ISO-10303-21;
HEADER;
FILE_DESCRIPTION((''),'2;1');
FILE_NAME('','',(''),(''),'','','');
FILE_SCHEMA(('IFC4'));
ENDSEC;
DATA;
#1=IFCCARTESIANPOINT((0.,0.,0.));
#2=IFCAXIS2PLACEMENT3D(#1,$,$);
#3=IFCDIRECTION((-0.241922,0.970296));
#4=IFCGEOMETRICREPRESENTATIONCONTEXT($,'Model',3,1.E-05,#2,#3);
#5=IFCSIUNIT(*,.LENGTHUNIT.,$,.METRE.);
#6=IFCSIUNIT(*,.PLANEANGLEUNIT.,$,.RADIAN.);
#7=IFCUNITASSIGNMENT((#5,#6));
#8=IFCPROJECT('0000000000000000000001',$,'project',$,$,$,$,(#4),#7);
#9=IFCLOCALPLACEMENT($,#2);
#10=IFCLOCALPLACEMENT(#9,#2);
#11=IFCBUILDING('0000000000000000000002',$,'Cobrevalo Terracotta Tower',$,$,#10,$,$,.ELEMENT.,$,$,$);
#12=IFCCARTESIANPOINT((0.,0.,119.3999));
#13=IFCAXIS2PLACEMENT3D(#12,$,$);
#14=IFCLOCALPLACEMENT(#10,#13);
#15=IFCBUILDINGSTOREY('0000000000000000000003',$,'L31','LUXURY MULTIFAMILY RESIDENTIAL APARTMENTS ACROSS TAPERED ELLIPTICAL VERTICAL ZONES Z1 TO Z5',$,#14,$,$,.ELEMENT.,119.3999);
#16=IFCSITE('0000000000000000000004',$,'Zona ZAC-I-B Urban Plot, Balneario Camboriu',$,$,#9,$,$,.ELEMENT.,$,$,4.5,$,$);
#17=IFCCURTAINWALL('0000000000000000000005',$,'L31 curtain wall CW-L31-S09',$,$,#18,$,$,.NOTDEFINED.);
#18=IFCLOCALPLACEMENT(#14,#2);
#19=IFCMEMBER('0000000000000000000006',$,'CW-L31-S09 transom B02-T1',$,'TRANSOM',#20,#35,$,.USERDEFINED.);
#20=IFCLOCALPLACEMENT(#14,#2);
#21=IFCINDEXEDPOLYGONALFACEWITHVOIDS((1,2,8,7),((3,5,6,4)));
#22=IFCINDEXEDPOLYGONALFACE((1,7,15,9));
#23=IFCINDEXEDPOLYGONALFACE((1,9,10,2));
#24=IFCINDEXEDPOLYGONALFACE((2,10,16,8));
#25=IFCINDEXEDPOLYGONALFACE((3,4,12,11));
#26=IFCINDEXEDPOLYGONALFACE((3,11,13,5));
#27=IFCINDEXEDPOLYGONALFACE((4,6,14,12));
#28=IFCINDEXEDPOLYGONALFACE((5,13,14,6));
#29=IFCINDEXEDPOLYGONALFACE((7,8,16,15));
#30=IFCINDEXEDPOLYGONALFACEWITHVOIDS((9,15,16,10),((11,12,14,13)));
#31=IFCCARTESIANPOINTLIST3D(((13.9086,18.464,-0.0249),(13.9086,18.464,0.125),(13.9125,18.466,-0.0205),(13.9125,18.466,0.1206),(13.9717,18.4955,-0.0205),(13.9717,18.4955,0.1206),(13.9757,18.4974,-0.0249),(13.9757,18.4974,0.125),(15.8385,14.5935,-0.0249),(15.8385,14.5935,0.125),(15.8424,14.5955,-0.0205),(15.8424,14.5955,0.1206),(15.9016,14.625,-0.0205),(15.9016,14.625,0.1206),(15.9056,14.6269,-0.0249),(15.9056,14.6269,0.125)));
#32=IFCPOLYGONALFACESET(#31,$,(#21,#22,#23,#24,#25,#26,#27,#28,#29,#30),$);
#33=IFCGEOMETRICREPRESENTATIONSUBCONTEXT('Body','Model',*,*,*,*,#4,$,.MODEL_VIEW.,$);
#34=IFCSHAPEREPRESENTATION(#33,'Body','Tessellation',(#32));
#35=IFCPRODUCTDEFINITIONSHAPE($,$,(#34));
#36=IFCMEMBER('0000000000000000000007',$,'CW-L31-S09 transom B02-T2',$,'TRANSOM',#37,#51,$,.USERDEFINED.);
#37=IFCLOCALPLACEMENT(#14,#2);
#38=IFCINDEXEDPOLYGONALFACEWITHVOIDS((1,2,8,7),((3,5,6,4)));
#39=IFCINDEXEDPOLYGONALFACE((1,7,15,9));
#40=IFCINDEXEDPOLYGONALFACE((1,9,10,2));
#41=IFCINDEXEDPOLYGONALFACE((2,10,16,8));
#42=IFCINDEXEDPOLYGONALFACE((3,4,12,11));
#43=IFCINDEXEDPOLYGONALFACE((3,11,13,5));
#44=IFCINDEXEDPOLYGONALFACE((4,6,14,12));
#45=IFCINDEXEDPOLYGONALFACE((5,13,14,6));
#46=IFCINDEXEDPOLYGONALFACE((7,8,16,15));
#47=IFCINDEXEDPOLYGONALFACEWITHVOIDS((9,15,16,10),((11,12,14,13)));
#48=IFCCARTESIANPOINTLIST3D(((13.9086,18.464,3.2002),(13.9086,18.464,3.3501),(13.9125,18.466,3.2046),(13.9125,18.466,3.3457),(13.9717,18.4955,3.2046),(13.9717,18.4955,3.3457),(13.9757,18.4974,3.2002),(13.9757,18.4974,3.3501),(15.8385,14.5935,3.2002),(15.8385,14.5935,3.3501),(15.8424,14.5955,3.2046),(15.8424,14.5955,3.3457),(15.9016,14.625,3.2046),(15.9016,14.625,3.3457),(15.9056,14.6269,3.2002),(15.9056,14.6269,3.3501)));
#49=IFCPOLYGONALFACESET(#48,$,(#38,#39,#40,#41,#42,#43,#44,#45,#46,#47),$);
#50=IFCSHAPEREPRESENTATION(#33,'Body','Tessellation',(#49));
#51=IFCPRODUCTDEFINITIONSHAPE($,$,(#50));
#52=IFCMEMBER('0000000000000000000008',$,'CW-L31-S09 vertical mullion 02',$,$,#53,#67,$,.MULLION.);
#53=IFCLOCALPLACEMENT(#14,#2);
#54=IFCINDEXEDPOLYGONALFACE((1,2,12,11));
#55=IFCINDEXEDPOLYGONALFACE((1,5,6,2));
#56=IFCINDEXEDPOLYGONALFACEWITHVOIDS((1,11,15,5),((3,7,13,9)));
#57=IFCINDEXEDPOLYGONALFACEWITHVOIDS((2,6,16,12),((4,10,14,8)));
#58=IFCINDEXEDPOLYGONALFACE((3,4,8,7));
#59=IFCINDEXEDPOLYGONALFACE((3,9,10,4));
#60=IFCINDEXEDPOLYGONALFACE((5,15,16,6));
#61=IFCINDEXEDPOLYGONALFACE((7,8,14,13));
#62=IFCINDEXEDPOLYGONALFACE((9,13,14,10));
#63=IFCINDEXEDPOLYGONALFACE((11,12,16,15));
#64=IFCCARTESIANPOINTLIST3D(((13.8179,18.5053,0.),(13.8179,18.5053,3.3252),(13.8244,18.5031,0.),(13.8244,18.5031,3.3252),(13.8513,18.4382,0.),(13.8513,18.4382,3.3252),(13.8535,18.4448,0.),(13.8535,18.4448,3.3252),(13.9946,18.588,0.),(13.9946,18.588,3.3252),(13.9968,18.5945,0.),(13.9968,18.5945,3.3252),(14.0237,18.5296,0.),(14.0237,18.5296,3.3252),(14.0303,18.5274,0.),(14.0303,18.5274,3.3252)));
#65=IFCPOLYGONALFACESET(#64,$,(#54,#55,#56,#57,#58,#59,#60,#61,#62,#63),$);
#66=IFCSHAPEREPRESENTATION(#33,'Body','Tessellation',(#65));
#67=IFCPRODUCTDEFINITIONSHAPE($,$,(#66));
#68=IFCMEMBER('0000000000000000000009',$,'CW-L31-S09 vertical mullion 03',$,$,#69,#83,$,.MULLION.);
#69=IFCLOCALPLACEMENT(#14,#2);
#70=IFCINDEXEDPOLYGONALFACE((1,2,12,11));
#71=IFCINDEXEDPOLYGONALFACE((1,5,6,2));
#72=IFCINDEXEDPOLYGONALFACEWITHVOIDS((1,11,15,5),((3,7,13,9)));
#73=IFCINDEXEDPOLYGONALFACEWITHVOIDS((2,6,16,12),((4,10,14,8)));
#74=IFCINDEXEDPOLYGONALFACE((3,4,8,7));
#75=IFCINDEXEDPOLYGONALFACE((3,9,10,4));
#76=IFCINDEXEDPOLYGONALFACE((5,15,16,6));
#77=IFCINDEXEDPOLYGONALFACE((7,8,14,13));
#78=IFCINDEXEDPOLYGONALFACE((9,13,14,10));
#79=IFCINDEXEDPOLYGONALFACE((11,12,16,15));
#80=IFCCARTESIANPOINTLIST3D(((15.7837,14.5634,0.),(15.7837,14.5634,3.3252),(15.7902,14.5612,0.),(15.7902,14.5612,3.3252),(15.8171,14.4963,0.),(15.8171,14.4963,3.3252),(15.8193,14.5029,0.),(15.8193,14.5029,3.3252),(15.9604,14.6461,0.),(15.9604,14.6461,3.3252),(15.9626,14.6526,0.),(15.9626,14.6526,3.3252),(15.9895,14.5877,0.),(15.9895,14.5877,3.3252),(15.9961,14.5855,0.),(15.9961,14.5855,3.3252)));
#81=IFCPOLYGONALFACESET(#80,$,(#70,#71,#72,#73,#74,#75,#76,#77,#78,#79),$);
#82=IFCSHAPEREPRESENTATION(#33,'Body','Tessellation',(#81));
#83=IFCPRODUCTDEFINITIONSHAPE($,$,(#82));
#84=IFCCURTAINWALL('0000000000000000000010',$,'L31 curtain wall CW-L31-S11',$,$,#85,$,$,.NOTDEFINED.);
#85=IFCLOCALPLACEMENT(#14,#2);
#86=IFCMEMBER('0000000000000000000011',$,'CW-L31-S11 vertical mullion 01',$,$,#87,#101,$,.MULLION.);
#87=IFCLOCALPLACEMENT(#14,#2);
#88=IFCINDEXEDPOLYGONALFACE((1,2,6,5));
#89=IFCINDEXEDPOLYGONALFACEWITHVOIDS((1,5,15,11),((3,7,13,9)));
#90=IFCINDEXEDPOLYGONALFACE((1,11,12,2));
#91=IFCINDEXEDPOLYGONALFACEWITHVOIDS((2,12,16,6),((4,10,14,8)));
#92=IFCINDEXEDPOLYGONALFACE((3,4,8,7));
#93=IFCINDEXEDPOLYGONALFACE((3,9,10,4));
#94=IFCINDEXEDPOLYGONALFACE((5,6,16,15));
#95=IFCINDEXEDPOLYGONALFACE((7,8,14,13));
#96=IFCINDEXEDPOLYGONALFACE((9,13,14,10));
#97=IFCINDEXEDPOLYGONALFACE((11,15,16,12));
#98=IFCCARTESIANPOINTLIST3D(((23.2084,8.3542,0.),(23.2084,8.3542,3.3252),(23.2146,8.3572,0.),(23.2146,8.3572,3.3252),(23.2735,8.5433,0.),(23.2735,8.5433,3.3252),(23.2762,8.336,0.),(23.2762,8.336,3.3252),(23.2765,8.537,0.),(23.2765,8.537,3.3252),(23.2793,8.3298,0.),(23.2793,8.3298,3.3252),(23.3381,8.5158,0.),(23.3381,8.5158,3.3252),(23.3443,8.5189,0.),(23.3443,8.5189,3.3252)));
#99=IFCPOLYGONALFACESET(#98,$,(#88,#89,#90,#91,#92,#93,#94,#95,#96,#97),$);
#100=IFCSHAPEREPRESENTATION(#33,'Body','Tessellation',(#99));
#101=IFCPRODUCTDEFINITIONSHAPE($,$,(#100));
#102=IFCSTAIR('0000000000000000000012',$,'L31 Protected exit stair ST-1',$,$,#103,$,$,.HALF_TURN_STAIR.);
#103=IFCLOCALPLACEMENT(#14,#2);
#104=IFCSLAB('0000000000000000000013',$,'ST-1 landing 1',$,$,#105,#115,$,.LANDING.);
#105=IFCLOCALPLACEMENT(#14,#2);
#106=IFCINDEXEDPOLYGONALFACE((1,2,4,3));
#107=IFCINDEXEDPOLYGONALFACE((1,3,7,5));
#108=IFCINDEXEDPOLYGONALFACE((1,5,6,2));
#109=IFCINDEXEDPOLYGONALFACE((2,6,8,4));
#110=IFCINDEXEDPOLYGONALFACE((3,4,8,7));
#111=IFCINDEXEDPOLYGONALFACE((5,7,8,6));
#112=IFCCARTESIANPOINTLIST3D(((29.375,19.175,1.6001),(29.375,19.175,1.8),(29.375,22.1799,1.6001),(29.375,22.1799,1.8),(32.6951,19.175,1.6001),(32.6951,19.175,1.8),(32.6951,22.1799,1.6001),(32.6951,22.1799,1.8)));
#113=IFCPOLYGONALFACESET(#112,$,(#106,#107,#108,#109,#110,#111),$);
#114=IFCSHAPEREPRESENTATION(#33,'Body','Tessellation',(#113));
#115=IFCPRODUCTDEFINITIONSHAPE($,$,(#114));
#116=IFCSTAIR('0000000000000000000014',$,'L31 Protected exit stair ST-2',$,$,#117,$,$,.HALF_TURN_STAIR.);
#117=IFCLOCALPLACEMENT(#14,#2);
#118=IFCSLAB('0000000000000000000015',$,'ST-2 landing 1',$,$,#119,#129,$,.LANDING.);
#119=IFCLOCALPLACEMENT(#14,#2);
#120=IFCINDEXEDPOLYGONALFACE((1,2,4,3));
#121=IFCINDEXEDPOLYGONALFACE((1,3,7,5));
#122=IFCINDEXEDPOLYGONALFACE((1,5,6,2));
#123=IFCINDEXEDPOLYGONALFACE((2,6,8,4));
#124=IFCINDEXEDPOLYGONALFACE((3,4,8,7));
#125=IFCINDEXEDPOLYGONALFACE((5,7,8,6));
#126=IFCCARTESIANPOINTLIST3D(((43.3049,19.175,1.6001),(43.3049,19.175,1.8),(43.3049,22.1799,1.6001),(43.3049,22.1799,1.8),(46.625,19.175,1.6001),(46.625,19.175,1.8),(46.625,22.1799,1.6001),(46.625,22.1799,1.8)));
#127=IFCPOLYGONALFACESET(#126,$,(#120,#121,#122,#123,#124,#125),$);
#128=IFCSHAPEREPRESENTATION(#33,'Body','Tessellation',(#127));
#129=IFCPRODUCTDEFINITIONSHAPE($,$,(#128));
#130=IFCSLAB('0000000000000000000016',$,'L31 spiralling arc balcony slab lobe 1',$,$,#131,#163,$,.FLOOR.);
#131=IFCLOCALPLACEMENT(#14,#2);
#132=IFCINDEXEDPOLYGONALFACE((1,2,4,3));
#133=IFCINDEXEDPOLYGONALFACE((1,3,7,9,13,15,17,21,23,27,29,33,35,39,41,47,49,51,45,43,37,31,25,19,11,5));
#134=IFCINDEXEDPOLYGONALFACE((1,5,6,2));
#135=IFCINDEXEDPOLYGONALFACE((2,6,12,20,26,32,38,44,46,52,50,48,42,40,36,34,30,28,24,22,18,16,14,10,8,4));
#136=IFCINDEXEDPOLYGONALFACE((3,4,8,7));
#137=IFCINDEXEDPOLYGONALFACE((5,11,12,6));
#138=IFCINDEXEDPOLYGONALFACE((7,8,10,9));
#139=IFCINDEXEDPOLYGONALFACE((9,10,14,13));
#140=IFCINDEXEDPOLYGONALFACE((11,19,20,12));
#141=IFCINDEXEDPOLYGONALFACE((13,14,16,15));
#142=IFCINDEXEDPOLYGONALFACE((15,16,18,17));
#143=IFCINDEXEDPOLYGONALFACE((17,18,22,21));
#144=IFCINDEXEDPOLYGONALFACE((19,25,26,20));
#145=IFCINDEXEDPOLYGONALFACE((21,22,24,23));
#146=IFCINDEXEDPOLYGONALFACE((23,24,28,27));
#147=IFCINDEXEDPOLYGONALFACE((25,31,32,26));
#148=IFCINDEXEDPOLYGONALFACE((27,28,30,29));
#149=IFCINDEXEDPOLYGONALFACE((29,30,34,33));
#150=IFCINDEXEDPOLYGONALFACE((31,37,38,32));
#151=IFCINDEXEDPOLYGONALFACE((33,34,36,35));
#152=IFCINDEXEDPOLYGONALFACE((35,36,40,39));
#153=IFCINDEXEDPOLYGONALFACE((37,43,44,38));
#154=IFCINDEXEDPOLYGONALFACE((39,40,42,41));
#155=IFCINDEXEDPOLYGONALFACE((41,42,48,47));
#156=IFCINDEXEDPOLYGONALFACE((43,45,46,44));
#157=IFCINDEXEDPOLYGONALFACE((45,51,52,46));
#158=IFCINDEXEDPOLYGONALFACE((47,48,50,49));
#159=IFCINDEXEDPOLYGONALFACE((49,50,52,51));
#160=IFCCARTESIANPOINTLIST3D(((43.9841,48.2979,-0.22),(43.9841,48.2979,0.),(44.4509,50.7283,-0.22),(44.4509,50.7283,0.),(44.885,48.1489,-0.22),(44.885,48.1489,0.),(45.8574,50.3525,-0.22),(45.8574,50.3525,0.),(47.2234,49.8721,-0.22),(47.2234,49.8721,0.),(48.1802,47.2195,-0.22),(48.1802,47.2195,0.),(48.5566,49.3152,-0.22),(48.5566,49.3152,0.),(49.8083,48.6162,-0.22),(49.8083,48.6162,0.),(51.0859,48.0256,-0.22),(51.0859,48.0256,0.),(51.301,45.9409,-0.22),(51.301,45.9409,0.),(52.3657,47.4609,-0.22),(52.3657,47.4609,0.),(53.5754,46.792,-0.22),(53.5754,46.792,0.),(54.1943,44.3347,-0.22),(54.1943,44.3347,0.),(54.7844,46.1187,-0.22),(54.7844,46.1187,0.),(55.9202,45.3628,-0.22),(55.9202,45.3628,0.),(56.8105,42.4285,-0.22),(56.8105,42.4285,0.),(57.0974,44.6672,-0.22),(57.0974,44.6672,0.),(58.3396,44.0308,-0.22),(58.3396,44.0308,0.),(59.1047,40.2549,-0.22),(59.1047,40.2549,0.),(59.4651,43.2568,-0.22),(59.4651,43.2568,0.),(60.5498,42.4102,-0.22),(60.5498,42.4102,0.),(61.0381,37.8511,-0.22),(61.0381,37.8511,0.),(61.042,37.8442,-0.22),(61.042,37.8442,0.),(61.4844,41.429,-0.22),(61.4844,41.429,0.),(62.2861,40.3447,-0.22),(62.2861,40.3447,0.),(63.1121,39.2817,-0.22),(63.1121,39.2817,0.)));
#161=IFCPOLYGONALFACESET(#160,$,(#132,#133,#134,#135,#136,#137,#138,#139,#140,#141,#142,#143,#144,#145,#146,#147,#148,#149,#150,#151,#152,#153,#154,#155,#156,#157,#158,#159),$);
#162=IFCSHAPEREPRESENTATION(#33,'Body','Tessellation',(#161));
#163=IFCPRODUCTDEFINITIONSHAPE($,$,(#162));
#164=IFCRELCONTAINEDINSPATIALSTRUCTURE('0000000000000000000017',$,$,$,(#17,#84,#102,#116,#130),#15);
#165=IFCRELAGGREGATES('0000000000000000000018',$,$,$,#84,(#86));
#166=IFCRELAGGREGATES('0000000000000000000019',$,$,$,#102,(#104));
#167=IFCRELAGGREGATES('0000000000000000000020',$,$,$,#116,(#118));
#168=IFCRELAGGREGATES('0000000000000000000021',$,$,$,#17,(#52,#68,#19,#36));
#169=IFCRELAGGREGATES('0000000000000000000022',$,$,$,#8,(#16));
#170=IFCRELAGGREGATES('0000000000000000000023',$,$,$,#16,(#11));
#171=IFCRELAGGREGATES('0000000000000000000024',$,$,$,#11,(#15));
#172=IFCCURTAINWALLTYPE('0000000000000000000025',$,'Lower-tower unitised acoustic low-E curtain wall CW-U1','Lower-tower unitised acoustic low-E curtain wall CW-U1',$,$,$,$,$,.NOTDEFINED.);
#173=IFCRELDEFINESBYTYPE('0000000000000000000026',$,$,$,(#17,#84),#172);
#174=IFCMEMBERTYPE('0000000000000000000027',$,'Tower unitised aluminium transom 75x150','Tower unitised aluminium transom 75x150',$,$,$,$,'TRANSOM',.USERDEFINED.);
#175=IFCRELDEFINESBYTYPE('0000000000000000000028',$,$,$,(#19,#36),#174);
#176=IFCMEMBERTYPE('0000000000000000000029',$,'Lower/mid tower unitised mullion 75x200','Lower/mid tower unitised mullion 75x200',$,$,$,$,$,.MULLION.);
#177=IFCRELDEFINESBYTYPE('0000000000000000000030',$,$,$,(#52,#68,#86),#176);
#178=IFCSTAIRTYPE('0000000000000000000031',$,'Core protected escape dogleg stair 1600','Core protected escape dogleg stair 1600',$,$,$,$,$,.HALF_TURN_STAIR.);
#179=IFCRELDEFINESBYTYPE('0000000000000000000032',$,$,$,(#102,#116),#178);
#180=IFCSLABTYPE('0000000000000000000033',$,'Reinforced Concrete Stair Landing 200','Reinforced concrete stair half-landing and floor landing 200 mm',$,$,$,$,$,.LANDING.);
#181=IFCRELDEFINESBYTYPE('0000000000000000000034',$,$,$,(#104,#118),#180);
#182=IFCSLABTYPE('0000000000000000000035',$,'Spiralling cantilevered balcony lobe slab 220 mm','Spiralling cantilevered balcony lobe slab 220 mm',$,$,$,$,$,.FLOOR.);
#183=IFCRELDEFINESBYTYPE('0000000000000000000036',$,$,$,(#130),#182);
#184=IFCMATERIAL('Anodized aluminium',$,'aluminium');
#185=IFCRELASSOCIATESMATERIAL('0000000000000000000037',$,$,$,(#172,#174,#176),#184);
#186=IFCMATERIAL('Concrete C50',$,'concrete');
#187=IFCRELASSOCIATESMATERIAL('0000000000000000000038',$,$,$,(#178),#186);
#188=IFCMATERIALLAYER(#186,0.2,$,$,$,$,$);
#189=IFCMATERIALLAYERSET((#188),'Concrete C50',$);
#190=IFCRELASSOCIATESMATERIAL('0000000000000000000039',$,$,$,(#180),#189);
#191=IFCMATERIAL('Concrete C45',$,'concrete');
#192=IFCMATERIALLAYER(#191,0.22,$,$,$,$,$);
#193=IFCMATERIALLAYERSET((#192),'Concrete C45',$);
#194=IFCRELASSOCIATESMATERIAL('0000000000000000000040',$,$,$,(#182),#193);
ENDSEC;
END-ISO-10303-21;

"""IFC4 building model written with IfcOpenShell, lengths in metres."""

from ifc_helpers import new_model, si_unit, direction, frame, origin, origin_2d, place, context, subcontext, project, spatial, polyline, hollow_rectangle, outline, extrude, source, transform, mapped, material, layer, layer_set, material_profile, profile_set, type_object, element, aggregate, save


model = new_model("IFC4")

# Units and contexts
model_context = context("Model", 3, precision=1e-05, world=origin(), true_north=direction((-0.241922, 0.970296)))
body_context = subcontext(model_context, "Body", "Model", "MODEL_VIEW")
ifc_project = project(units=[si_unit("LENGTHUNIT", "METRE"), si_unit("PLANEANGLEUNIT", "RADIAN")], contexts=[model_context])

# Site, building, storey
site_placement = place(None, origin())
site = spatial("IfcSite", under=ifc_project, at=site_placement, Name="Zona ZAC-I-B Urban Plot, Balneario Camboriu", CompositionType="ELEMENT", RefElevation=4.5)
building_placement = place(site_placement, origin())
building = spatial("IfcBuilding", under=site, at=building_placement, Name="Cobrevalo Terracotta Tower", CompositionType="ELEMENT")
storey_placement = place(building_placement, frame((0.0, 0.0, 119.3999)))
storey = spatial("IfcBuildingStorey", under=building, at=storey_placement, Name="L31", Description="LUXURY MULTIFAMILY RESIDENTIAL APARTMENTS ACROSS TAPERED ELLIPTICAL VERTICAL ZONES Z1 TO Z5", CompositionType="ELEMENT", Elevation=119.3999)

# Curtain wall, members
ifc_material_1 = material(Name="Anodized aluminium", Category="aluminium")
curtain_wall_type = type_object("IfcCurtainWallType", Name="Lower-tower unitised acoustic low-E curtain wall CW-U1", Description="Lower-tower unitised acoustic low-E curtain wall CW-U1", PredefinedType="NOTDEFINED", material=ifc_material_1)
curtain_wall_1_placement = place(storey_placement, origin())
curtain_wall_1 = element("IfcCurtainWall", 1, at=curtain_wall_1_placement, inside=storey, type_object=curtain_wall_type, Name="L31 curtain wall CW-L31-S09", PredefinedType="NOTDEFINED")
ifc_material_profile_1 = material_profile(ifc_material_1, hollow_rectangle(XDim=0.075, YDim=0.1499, WallThickness=0.0044, at=origin_2d()), Name="CWT 75x150")
ifc_profile_set_1 = profile_set([ifc_material_profile_1], Name="Anodized aluminium")
member_type_1 = type_object("IfcMemberType", Name="Tower unitised aluminium transom 75x150", Description="Tower unitised aluminium transom 75x150", ElementType="TRANSOM", PredefinedType="USERDEFINED", material=ifc_profile_set_1)
shared_shape_1 = source(origin(), body_context, "Body", "SweptSolid", [
    extrude(hollow_rectangle(XDim=0.075, YDim=0.1499, WallThickness=0.0044, at=origin_2d()), origin(), (0.0, 0.0, 1.0), 4.325),
])
member_1_placement = place(storey_placement, frame((13.9421, 18.4807, 0.05), z_axis=(0.44622, -0.894923, 0.0), x_axis=(0.894923, 0.44622, 0.0)))
member_1 = element("IfcMember", 2, at=member_1_placement, type_object=member_type_1, Name="CW-L31-S09 transom B02-T1", ObjectType="TRANSOM", PredefinedType="USERDEFINED", context=body_context, shape_type="MappedRepresentation", body=[
    mapped(shared_shape_1, transform((0.0, 0.0, 0.0), scale=1.0)),
])
member_2_placement = place(storey_placement, frame((13.9421, 18.4807, 3.2751), z_axis=(0.44622, -0.894923, 0.0), x_axis=(0.894923, 0.44622, 0.0)))
member_2 = element("IfcMember", 3, at=member_2_placement, type_object=member_type_1, Name="CW-L31-S09 transom B02-T2", ObjectType="TRANSOM", PredefinedType="USERDEFINED", context=body_context, shape_type="MappedRepresentation", body=[
    mapped(shared_shape_1, transform((0.0, 0.0, 0.0), scale=1.0)),
])
ifc_material_profile_2 = material_profile(ifc_material_1, hollow_rectangle(XDim=0.075, YDim=0.2, WallThickness=0.0049, at=origin_2d()), Name="CWM 75x200")
ifc_profile_set_2 = profile_set([ifc_material_profile_2], Name="Anodized aluminium")
member_type_2 = type_object("IfcMemberType", Name="Lower/mid tower unitised mullion 75x200", Description="Lower/mid tower unitised mullion 75x200", PredefinedType="MULLION", material=ifc_profile_set_2)
shared_shape_2 = source(origin(), body_context, "Body", "SweptSolid", [
    extrude(hollow_rectangle(XDim=0.075, YDim=0.2, WallThickness=0.0049, at=origin_2d()), origin(), (0.0, 0.0, 1.0), 3.3252),
])
member_3_placement = place(storey_placement, frame((13.9241, 18.5164, 0.0), z_axis=(0.0, 0.0, 1.0), x_axis=(0.44626, -0.894903, 0.0)))
member_3 = element("IfcMember", 4, at=member_3_placement, type_object=member_type_2, Name="CW-L31-S09 vertical mullion 02", PredefinedType="MULLION", context=body_context, shape_type="MappedRepresentation", body=[
    mapped(shared_shape_2, transform((0.0, 0.0, 0.0), scale=1.0)),
])
member_4_placement = place(storey_placement, frame((15.8899, 14.5745, 0.0), z_axis=(0.0, 0.0, 1.0), x_axis=(0.44626, -0.894903, 0.0)))
member_4 = element("IfcMember", 5, at=member_4_placement, type_object=member_type_2, Name="CW-L31-S09 vertical mullion 03", PredefinedType="MULLION", context=body_context, shape_type="MappedRepresentation", body=[
    mapped(shared_shape_2, transform((0.0, 0.0, 0.0), scale=1.0)),
])

# Curtain wall, member
curtain_wall_2_placement = place(storey_placement, origin())
curtain_wall_2 = element("IfcCurtainWall", 6, at=curtain_wall_2_placement, inside=storey, type_object=curtain_wall_type, Name="L31 curtain wall CW-L31-S11", PredefinedType="NOTDEFINED")
member_5_placement = place(storey_placement, frame((23.2764, 8.4365, 0.0), z_axis=(0.0, 0.0, 1.0), x_axis=(0.945598, -0.325337, 0.0)))
member_5 = element("IfcMember", 7, at=member_5_placement, type_object=member_type_2, Name="CW-L31-S11 vertical mullion 01", PredefinedType="MULLION", context=body_context, shape_type="MappedRepresentation", body=[
    mapped(shared_shape_2, transform((0.0, 0.0, 0.0), scale=1.0)),
])
aggregate(curtain_wall_2, [member_5])

# Stairs, slabs
ifc_material_2 = material(Name="Concrete C50", Category="concrete")
stair_type = type_object("IfcStairType", Name="Core protected escape dogleg stair 1600", Description="Core protected escape dogleg stair 1600", PredefinedType="HALF_TURN_STAIR", material=ifc_material_2)
stair_1_placement = place(storey_placement, origin())
stair_1 = element("IfcStair", 8, at=stair_1_placement, inside=storey, type_object=stair_type, Name="L31 Protected exit stair ST-1", PredefinedType="HALF_TURN_STAIR")
ifc_layer_1 = layer(ifc_material_2, 0.2)
ifc_layer_set_1 = layer_set([ifc_layer_1], Name="Concrete C50")
slab_type_1 = type_object("IfcSlabType", Name="Reinforced Concrete Stair Landing 200", Description="Reinforced concrete stair half-landing and floor landing 200 mm", PredefinedType="LANDING", material=ifc_layer_set_1)
slab_1_placement = place(storey_placement, frame((0.0, 0.0, 1.6001)))
slab_1 = element("IfcSlab", 9, at=slab_1_placement, type_object=slab_type_1, Name="ST-1 landing 1", PredefinedType="LANDING", context=body_context, shape_type="SweptSolid", body=[
    extrude(outline(polyline([(29.375, 22.1799), (29.375, 19.175), (32.6951, 19.175), (32.6951, 22.1799), (29.375, 22.1799)])), origin(), (0.0, 0.0, 1.0), 0.2),
])
aggregate(stair_1, [slab_1])
stair_2_placement = place(storey_placement, origin())
stair_2 = element("IfcStair", 10, at=stair_2_placement, inside=storey, type_object=stair_type, Name="L31 Protected exit stair ST-2", PredefinedType="HALF_TURN_STAIR")
slab_2_placement = place(storey_placement, frame((0.0, 0.0, 1.6001)))
slab_2 = element("IfcSlab", 11, at=slab_2_placement, type_object=slab_type_1, Name="ST-2 landing 1", PredefinedType="LANDING", context=body_context, shape_type="SweptSolid", body=[
    extrude(outline(polyline([(43.3049, 22.1799), (43.3049, 19.175), (46.625, 19.175), (46.625, 22.1799), (43.3049, 22.1799)])), origin(), (0.0, 0.0, 1.0), 0.2),
])
aggregate(stair_2, [slab_2])

# Slab
ifc_material_3 = material(Name="Concrete C45", Category="concrete")
ifc_layer_2 = layer(ifc_material_3, 0.22)
ifc_layer_set_2 = layer_set([ifc_layer_2], Name="Concrete C45")
slab_type_2 = type_object("IfcSlabType", Name="Spiralling cantilevered balcony lobe slab 220 mm", Description="Spiralling cantilevered balcony lobe slab 220 mm", PredefinedType="FLOOR", material=ifc_layer_set_2)
slab_3_placement = place(storey_placement, frame((0.0, 0.0, -0.22)))
element("IfcSlab", 12, at=slab_3_placement, inside=storey, type_object=slab_type_2, Name="L31 spiralling arc balcony slab lobe 1", PredefinedType="FLOOR", context=body_context, shape_type="SweptSolid", body=[
    extrude(outline(polyline([(63.1121, 39.2817), (62.2861, 40.3447), (61.4844, 41.429), (60.5498, 42.4102), (59.4651, 43.2568), (58.3396, 44.0308), (57.0974, 44.6672), (55.9202, 45.3628), (54.7844, 46.1187), (53.5754, 46.792), (52.3657, 47.4609), (51.0859, 48.0256), (49.8083, 48.6162), (48.5566, 49.3152), (47.2234, 49.8721), (45.8574, 50.3525), (44.4509, 50.7283), (43.9841, 48.2979), (44.885, 48.1489), (48.1802, 47.2195), (51.301, 45.9409), (54.1943, 44.3347), (56.8105, 42.4285), (59.1047, 40.2549), (61.0381, 37.8511), (61.042, 37.8442), (63.1121, 39.2817)])), origin(), (0.0, 0.0, 1.0), 0.22),
])

aggregate(curtain_wall_1, [member_3, member_4, member_1, member_2])

save(model, "model.ifc")
